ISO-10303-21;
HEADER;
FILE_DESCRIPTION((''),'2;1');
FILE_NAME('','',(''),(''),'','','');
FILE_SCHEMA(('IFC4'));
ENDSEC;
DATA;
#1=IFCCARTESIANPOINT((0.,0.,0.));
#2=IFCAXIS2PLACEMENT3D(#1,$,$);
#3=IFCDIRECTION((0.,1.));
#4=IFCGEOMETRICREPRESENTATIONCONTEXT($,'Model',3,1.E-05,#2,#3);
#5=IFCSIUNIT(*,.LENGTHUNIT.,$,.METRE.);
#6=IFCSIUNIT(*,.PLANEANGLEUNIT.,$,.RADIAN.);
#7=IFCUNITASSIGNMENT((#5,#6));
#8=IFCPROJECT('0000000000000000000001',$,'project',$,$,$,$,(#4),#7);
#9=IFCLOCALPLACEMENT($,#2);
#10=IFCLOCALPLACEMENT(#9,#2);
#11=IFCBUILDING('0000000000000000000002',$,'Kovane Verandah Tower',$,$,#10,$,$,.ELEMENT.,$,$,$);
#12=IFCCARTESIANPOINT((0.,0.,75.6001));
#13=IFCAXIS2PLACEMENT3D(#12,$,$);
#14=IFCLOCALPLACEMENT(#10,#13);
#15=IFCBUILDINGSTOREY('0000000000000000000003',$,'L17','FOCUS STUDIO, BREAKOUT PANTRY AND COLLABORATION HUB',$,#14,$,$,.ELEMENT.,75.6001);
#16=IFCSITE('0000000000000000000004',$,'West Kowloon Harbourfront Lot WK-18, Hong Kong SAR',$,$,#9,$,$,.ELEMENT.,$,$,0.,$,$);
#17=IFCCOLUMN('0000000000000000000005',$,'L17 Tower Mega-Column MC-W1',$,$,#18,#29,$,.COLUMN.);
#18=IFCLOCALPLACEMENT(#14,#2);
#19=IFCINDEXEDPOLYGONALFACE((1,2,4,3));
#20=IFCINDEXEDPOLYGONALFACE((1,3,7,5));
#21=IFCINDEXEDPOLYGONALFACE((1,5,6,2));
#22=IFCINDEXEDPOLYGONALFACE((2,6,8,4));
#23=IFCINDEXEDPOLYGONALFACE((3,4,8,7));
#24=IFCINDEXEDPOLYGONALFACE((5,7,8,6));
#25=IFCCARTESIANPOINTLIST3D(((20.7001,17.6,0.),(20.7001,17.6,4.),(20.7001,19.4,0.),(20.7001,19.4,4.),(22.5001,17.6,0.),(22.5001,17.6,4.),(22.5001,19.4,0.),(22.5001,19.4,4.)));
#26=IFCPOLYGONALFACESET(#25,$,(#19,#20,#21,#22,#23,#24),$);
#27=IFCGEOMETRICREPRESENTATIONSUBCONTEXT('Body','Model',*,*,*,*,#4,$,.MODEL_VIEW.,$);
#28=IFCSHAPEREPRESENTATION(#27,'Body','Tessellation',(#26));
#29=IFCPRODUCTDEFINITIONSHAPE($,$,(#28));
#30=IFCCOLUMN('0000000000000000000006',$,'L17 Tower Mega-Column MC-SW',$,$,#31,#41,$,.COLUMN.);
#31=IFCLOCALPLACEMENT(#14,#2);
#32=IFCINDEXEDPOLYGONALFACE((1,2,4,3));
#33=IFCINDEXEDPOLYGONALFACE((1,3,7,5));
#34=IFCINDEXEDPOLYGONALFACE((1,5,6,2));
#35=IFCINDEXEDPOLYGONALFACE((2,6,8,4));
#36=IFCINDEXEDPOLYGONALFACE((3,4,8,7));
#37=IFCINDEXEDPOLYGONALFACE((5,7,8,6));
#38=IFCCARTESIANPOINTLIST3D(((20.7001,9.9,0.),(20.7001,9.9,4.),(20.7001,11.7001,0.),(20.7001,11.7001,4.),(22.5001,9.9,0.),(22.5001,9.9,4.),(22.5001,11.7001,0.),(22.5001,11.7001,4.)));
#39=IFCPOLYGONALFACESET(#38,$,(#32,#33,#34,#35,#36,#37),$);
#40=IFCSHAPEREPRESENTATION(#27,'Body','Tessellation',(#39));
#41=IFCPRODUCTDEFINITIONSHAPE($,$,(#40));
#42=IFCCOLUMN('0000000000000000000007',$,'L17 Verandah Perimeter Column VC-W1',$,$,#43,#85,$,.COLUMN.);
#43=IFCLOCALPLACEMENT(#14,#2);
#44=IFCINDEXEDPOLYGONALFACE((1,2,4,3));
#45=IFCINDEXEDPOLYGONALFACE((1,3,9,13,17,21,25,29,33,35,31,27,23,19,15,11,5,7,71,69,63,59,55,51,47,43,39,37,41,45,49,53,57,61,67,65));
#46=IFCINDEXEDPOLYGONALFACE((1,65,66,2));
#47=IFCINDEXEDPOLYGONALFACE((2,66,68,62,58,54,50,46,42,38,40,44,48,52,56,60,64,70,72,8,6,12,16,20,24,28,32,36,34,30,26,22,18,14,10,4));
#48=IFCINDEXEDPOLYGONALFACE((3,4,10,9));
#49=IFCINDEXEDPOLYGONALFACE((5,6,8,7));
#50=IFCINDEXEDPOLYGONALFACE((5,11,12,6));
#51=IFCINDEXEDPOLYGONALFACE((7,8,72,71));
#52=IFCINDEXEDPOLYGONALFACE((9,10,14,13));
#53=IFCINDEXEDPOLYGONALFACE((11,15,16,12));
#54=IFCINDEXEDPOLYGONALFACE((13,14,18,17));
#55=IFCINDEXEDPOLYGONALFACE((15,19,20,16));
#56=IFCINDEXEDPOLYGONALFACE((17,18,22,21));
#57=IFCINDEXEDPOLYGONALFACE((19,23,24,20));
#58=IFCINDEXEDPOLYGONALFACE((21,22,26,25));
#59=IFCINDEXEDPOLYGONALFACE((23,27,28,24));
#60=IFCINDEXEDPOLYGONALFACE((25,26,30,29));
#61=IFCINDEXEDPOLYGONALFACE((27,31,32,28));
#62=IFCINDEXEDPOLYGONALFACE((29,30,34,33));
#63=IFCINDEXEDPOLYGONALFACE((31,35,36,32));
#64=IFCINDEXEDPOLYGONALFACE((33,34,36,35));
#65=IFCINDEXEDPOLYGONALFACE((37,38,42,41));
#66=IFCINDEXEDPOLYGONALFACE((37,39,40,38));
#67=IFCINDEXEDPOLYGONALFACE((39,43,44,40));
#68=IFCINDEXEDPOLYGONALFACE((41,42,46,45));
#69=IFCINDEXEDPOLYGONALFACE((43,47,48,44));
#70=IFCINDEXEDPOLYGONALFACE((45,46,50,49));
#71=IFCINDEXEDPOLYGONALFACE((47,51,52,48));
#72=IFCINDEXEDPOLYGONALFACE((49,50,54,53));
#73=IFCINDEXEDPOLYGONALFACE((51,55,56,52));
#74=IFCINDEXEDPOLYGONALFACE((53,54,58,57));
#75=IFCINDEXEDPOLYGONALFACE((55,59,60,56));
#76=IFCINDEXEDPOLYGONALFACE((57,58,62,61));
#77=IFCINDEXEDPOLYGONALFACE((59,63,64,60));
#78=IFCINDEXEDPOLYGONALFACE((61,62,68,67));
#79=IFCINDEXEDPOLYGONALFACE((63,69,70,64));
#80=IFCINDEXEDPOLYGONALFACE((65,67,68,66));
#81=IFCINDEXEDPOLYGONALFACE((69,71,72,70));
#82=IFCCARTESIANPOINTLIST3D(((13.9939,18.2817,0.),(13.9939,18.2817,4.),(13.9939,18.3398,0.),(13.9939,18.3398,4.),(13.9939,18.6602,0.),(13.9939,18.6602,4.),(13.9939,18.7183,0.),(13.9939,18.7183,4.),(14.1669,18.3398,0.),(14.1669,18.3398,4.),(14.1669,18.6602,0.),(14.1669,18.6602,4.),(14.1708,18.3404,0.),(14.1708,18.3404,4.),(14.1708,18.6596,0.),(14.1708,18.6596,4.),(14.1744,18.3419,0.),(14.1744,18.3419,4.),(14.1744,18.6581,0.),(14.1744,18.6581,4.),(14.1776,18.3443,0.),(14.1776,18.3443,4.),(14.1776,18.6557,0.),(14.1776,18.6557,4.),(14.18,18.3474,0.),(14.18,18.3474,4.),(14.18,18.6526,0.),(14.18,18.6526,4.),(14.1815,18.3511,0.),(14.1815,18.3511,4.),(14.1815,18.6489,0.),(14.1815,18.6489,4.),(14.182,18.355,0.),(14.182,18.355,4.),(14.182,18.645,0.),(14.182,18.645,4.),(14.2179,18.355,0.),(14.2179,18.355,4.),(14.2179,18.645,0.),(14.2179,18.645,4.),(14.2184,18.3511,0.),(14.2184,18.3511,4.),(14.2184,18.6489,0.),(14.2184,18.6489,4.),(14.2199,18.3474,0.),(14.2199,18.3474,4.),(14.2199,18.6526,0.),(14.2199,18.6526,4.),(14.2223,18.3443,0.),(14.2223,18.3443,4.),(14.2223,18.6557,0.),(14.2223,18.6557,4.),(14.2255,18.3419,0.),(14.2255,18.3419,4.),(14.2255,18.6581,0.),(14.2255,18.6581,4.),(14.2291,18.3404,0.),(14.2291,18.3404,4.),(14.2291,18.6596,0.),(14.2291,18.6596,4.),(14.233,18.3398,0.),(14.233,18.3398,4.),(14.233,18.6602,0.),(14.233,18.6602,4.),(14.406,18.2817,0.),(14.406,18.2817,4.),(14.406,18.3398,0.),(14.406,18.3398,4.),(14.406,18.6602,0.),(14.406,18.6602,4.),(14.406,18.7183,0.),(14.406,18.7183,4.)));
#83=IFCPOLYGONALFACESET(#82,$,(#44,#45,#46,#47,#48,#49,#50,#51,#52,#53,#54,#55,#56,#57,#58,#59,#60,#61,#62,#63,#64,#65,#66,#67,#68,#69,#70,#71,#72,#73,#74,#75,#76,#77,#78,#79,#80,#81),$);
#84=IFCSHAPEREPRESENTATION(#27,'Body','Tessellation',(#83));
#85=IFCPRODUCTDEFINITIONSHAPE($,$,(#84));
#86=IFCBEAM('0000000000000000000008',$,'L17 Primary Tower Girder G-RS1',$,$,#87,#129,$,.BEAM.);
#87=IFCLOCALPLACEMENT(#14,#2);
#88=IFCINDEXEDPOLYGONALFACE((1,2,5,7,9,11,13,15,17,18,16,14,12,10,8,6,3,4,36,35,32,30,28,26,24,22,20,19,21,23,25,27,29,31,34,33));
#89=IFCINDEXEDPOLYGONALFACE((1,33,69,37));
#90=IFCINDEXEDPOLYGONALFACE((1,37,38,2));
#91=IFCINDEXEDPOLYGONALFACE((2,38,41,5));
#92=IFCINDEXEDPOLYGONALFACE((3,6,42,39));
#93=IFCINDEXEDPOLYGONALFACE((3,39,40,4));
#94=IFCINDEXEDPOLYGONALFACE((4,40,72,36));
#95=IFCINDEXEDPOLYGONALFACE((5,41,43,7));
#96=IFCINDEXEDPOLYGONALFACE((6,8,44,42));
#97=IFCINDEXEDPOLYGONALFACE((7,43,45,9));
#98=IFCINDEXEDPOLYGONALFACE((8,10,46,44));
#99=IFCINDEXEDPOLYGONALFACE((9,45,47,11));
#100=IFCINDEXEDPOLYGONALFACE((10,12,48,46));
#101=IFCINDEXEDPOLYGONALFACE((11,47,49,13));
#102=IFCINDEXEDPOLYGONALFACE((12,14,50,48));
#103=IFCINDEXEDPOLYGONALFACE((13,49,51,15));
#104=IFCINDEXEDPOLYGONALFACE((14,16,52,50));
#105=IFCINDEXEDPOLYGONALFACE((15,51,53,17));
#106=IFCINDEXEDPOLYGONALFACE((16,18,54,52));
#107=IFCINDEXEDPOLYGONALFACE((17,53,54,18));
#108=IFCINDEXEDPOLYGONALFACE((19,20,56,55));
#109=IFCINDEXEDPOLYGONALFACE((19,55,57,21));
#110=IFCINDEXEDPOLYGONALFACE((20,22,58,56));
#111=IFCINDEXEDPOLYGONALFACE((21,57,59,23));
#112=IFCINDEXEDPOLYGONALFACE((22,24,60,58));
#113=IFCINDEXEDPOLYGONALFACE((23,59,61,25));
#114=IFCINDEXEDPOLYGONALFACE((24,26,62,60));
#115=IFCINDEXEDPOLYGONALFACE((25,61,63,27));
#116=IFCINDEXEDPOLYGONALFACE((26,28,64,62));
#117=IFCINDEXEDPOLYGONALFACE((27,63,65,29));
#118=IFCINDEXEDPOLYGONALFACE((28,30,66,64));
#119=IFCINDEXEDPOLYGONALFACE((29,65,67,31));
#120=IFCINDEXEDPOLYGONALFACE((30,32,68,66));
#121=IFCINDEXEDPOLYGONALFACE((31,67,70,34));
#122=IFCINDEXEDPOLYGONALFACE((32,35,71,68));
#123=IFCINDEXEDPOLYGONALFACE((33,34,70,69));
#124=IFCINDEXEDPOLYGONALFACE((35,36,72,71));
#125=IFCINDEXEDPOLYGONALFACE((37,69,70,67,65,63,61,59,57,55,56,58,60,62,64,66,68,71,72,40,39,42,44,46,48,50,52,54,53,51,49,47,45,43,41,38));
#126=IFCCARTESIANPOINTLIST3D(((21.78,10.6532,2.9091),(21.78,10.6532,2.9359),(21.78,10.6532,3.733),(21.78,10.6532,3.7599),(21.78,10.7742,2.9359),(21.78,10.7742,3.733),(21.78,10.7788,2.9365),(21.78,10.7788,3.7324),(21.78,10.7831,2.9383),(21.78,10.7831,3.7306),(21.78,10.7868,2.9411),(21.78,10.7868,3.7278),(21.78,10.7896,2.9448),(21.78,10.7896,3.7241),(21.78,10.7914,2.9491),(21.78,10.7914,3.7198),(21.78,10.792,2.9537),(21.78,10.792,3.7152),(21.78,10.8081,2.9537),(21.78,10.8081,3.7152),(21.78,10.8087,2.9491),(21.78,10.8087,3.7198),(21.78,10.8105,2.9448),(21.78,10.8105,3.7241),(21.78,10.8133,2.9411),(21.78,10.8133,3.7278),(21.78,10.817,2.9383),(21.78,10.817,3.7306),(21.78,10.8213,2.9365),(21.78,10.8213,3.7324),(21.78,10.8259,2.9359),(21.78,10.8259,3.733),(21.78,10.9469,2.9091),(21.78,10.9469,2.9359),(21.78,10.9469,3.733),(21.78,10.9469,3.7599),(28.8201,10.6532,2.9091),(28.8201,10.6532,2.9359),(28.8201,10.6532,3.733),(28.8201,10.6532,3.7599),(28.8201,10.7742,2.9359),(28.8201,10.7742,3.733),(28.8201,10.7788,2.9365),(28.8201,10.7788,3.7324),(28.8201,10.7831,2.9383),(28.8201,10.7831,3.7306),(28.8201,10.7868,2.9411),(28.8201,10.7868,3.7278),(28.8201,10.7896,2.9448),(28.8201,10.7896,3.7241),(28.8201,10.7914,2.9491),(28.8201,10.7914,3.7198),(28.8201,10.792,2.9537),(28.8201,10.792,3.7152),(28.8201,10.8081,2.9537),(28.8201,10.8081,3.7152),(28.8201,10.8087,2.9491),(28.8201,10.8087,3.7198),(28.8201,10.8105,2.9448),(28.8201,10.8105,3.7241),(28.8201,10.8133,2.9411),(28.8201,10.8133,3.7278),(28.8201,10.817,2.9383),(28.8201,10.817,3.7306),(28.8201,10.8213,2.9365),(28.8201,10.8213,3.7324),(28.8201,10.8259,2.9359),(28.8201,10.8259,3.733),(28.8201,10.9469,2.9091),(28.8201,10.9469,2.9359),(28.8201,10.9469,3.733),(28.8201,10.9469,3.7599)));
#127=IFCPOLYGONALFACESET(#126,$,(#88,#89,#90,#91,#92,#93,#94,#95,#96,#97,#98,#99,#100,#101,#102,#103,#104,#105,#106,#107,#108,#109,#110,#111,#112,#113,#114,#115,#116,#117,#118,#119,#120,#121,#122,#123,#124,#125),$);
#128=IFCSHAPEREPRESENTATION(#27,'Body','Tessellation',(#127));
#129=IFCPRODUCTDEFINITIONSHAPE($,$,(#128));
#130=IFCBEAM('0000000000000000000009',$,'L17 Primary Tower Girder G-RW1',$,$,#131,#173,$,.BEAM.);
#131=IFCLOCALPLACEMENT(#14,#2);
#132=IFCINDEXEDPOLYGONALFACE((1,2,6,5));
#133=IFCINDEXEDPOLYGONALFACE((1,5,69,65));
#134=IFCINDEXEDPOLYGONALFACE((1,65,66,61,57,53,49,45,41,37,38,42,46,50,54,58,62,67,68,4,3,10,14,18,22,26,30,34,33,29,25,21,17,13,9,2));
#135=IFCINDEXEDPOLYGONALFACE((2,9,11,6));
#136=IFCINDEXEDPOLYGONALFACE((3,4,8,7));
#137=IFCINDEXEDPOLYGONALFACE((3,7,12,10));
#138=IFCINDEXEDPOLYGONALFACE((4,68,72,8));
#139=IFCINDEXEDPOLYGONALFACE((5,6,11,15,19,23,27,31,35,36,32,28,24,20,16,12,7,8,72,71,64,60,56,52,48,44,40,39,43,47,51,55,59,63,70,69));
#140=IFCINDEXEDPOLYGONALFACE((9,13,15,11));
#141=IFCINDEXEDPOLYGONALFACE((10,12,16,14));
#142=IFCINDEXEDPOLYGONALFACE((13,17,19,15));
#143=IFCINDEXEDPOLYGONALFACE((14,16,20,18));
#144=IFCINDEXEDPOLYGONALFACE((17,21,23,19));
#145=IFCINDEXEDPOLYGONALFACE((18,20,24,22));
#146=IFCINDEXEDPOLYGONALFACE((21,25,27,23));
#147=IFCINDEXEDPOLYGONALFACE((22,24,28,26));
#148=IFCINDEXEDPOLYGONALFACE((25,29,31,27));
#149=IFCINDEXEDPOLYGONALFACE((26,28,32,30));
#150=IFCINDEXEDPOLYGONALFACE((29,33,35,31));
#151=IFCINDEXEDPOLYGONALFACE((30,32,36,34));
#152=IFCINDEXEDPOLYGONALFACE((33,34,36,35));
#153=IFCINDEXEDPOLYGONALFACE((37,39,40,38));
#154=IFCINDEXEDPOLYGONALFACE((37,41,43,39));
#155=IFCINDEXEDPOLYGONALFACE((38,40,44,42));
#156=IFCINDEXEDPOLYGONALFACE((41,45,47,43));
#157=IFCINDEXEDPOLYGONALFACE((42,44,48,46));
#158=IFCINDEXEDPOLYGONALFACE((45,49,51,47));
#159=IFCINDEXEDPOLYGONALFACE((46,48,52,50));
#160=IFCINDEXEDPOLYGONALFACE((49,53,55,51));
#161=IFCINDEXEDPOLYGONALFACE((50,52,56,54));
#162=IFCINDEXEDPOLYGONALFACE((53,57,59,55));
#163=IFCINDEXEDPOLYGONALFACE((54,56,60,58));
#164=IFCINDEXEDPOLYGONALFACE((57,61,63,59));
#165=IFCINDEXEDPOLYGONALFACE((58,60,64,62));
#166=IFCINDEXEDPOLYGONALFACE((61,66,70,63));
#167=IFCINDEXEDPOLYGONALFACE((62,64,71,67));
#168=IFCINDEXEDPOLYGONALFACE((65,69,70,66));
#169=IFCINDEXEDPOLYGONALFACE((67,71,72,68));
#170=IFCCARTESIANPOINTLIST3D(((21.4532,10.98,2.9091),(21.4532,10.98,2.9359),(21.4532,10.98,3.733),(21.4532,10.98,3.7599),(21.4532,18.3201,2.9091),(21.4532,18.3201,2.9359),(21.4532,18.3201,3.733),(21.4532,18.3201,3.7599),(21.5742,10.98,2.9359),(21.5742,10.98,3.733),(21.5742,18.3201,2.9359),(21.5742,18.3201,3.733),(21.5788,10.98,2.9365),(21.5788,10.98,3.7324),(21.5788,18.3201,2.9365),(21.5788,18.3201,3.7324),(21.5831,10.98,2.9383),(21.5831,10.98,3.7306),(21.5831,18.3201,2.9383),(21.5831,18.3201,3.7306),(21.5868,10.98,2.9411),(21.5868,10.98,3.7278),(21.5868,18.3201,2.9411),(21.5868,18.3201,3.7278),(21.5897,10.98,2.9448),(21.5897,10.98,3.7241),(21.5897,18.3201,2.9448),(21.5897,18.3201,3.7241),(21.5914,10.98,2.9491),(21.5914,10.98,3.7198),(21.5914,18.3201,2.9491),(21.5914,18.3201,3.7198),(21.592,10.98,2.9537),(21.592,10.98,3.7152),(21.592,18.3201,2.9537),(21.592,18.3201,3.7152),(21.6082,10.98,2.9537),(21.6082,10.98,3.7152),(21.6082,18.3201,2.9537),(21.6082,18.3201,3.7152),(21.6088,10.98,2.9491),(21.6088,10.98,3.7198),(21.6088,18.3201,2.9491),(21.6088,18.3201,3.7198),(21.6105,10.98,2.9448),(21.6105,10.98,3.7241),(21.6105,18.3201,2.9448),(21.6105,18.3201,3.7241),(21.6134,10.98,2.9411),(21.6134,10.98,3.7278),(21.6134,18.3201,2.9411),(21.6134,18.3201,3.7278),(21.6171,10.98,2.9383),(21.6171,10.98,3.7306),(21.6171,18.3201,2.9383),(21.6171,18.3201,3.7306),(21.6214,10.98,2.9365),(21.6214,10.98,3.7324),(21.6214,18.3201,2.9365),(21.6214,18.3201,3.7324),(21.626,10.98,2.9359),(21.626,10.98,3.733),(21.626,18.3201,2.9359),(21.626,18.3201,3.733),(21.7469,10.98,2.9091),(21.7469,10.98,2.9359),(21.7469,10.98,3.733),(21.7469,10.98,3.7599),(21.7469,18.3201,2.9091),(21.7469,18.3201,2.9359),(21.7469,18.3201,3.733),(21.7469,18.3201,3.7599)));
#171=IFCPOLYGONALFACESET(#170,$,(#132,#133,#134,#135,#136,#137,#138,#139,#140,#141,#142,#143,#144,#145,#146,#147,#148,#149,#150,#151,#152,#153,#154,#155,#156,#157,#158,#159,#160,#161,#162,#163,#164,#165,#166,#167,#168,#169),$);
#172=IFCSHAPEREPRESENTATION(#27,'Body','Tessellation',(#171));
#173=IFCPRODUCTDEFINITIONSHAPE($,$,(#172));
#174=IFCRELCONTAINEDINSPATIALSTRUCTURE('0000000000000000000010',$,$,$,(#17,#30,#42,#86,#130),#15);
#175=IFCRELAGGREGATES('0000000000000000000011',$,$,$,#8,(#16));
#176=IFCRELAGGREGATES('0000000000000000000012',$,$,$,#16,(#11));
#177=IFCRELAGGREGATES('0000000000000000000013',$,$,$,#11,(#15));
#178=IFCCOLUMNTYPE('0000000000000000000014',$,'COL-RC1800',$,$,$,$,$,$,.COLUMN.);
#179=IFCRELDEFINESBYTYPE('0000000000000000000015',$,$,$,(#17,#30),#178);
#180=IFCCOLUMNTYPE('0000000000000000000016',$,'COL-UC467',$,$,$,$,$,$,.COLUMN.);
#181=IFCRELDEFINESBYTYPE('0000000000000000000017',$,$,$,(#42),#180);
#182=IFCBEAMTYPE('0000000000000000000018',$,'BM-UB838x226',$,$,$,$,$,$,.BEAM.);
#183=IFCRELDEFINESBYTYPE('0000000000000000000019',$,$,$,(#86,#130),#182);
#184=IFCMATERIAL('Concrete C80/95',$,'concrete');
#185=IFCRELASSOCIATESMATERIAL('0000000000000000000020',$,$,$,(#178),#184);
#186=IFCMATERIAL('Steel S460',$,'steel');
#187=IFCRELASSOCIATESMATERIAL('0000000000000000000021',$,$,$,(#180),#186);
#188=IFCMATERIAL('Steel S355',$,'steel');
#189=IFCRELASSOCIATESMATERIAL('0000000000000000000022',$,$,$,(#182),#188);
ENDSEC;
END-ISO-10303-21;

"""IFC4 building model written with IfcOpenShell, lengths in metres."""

from ifc_helpers import new_model, si_unit, direction, frame, origin, origin_2d, place, context, subcontext, project, spatial, rectangle, i_section, extrude, material, material_profile, profile_set, type_object, element, save


model = new_model("IFC4")

# Units and contexts
model_context = context("Model", 3, precision=1e-05, world=origin(), true_north=direction((0.0, 1.0)))
body_context = subcontext(model_context, "Body", "Model", "MODEL_VIEW")
ifc_project = project(units=[si_unit("LENGTHUNIT", "METRE"), si_unit("PLANEANGLEUNIT", "RADIAN")], contexts=[model_context])

# Site, building, storey
site_placement = place(None, origin())
site = spatial("IfcSite", under=ifc_project, at=site_placement, Name="West Kowloon Harbourfront Lot WK-18, Hong Kong SAR", CompositionType="ELEMENT", RefElevation=0.0)
building_placement = place(site_placement, origin())
building = spatial("IfcBuilding", under=site, at=building_placement, Name="Kovane Verandah Tower", CompositionType="ELEMENT")
storey_placement = place(building_placement, frame((0.0, 0.0, 75.6001)))
storey = spatial("IfcBuildingStorey", under=building, at=storey_placement, Name="L17", Description="FOCUS STUDIO, BREAKOUT PANTRY AND COLLABORATION HUB", CompositionType="ELEMENT", Elevation=75.6001)

# Columns
ifc_material_1 = material(Name="Concrete C80/95", Category="concrete")
ifc_material_profile_1 = material_profile(ifc_material_1, rectangle(XDim=1.8, YDim=1.8, at=origin_2d()), Name="RC1800x1800")
ifc_profile_set_1 = profile_set([ifc_material_profile_1], Name="Concrete C80/95")
column_type_1 = type_object("IfcColumnType", Name="COL-RC1800", PredefinedType="COLUMN", material=ifc_profile_set_1)
for number, where, z_axis, x_axis, name in (
    (1, (21.6001, 18.5, 0.0), (0.0, 0.0, 1.0), (1.0, 0.0, 0.0), "L17 Tower Mega-Column MC-W1"),
    (2, (21.6001, 10.8, 0.0), (0.0, 0.0, 1.0), (1.0, 0.0, 0.0), "L17 Tower Mega-Column MC-SW"),
):
    element("IfcColumn", number, at=place(storey_placement, frame(where, z_axis=z_axis, x_axis=x_axis)), inside=storey, type_object=column_type_1, Name=name, PredefinedType="COLUMN", context=body_context, shape_type="SweptSolid", body=[
        extrude(rectangle(XDim=1.8, YDim=1.8, at=origin_2d()), origin(), (0.0, 0.0, 1.0), 4.0),
    ])
ifc_material_2 = material(Name="Steel S460", Category="steel")
ifc_material_profile_2 = material_profile(ifc_material_2, i_section(OverallWidth=0.4121, OverallDepth=0.4365, WebThickness=0.0359, FlangeThickness=0.0581, FilletRadius=0.0151, at=origin_2d()), Name="UC356x406x467")
ifc_profile_set_2 = profile_set([ifc_material_profile_2], Name="Steel S460")
column_type_2 = type_object("IfcColumnType", Name="COL-UC467", PredefinedType="COLUMN", material=ifc_profile_set_2)
column_placement = place(storey_placement, frame((14.2, 18.5, 0.0), z_axis=(0.0, 0.0, 1.0), x_axis=(1.0, 0.0, 0.0)))
element("IfcColumn", 3, at=column_placement, inside=storey, type_object=column_type_2, Name="L17 Verandah Perimeter Column VC-W1", PredefinedType="COLUMN", context=body_context, shape_type="SweptSolid", body=[
    extrude(i_section(OverallWidth=0.4121, OverallDepth=0.4365, WebThickness=0.0359, FlangeThickness=0.0581, FilletRadius=0.0151, at=origin_2d()), origin(), (0.0, 0.0, 1.0), 4.0),
])

# Beams
ifc_material_3 = material(Name="Steel S355", Category="steel")
ifc_material_profile_3 = material_profile(ifc_material_3, i_section(OverallWidth=0.2937, OverallDepth=0.8508, WebThickness=0.0161, FlangeThickness=0.0269, FilletRadius=0.0178, at=origin_2d()), Name="UB838x292x226")
ifc_profile_set_3 = profile_set([ifc_material_profile_3], Name="Steel S355")
beam_type_1 = type_object("IfcBeamType", Name="BM-UB838x226", PredefinedType="BEAM", material=ifc_profile_set_3)
beam_1_placement = place(storey_placement, frame((21.78, 10.8, 3.3345), z_axis=(1.0, 0.0, 0.0), x_axis=(0.0, 1.0, 0.0)))
element("IfcBeam", 4, at=beam_1_placement, inside=storey, type_object=beam_type_1, Name="L17 Primary Tower Girder G-RS1", PredefinedType="BEAM", context=body_context, shape_type="SweptSolid", body=[
    extrude(i_section(OverallWidth=0.2937, OverallDepth=0.8508, WebThickness=0.0161, FlangeThickness=0.0269, FilletRadius=0.0178, at=origin_2d()), origin(), (0.0, 0.0, 1.0), 7.04),
])
beam_2_placement = place(storey_placement, frame((21.6001, 10.98, 3.3345), z_axis=(0.0, 1.0, 0.0), x_axis=(-1.0, 0.0, 0.0)))
element("IfcBeam", 5, at=beam_2_placement, inside=storey, type_object=beam_type_1, Name="L17 Primary Tower Girder G-RW1", PredefinedType="BEAM", context=body_context, shape_type="SweptSolid", body=[
    extrude(i_section(OverallWidth=0.2937, OverallDepth=0.8508, WebThickness=0.0161, FlangeThickness=0.0269, FilletRadius=0.0178, at=origin_2d()), origin(), (0.0, 0.0, 1.0), 7.3401),
])

save(model, "model.ifc")
